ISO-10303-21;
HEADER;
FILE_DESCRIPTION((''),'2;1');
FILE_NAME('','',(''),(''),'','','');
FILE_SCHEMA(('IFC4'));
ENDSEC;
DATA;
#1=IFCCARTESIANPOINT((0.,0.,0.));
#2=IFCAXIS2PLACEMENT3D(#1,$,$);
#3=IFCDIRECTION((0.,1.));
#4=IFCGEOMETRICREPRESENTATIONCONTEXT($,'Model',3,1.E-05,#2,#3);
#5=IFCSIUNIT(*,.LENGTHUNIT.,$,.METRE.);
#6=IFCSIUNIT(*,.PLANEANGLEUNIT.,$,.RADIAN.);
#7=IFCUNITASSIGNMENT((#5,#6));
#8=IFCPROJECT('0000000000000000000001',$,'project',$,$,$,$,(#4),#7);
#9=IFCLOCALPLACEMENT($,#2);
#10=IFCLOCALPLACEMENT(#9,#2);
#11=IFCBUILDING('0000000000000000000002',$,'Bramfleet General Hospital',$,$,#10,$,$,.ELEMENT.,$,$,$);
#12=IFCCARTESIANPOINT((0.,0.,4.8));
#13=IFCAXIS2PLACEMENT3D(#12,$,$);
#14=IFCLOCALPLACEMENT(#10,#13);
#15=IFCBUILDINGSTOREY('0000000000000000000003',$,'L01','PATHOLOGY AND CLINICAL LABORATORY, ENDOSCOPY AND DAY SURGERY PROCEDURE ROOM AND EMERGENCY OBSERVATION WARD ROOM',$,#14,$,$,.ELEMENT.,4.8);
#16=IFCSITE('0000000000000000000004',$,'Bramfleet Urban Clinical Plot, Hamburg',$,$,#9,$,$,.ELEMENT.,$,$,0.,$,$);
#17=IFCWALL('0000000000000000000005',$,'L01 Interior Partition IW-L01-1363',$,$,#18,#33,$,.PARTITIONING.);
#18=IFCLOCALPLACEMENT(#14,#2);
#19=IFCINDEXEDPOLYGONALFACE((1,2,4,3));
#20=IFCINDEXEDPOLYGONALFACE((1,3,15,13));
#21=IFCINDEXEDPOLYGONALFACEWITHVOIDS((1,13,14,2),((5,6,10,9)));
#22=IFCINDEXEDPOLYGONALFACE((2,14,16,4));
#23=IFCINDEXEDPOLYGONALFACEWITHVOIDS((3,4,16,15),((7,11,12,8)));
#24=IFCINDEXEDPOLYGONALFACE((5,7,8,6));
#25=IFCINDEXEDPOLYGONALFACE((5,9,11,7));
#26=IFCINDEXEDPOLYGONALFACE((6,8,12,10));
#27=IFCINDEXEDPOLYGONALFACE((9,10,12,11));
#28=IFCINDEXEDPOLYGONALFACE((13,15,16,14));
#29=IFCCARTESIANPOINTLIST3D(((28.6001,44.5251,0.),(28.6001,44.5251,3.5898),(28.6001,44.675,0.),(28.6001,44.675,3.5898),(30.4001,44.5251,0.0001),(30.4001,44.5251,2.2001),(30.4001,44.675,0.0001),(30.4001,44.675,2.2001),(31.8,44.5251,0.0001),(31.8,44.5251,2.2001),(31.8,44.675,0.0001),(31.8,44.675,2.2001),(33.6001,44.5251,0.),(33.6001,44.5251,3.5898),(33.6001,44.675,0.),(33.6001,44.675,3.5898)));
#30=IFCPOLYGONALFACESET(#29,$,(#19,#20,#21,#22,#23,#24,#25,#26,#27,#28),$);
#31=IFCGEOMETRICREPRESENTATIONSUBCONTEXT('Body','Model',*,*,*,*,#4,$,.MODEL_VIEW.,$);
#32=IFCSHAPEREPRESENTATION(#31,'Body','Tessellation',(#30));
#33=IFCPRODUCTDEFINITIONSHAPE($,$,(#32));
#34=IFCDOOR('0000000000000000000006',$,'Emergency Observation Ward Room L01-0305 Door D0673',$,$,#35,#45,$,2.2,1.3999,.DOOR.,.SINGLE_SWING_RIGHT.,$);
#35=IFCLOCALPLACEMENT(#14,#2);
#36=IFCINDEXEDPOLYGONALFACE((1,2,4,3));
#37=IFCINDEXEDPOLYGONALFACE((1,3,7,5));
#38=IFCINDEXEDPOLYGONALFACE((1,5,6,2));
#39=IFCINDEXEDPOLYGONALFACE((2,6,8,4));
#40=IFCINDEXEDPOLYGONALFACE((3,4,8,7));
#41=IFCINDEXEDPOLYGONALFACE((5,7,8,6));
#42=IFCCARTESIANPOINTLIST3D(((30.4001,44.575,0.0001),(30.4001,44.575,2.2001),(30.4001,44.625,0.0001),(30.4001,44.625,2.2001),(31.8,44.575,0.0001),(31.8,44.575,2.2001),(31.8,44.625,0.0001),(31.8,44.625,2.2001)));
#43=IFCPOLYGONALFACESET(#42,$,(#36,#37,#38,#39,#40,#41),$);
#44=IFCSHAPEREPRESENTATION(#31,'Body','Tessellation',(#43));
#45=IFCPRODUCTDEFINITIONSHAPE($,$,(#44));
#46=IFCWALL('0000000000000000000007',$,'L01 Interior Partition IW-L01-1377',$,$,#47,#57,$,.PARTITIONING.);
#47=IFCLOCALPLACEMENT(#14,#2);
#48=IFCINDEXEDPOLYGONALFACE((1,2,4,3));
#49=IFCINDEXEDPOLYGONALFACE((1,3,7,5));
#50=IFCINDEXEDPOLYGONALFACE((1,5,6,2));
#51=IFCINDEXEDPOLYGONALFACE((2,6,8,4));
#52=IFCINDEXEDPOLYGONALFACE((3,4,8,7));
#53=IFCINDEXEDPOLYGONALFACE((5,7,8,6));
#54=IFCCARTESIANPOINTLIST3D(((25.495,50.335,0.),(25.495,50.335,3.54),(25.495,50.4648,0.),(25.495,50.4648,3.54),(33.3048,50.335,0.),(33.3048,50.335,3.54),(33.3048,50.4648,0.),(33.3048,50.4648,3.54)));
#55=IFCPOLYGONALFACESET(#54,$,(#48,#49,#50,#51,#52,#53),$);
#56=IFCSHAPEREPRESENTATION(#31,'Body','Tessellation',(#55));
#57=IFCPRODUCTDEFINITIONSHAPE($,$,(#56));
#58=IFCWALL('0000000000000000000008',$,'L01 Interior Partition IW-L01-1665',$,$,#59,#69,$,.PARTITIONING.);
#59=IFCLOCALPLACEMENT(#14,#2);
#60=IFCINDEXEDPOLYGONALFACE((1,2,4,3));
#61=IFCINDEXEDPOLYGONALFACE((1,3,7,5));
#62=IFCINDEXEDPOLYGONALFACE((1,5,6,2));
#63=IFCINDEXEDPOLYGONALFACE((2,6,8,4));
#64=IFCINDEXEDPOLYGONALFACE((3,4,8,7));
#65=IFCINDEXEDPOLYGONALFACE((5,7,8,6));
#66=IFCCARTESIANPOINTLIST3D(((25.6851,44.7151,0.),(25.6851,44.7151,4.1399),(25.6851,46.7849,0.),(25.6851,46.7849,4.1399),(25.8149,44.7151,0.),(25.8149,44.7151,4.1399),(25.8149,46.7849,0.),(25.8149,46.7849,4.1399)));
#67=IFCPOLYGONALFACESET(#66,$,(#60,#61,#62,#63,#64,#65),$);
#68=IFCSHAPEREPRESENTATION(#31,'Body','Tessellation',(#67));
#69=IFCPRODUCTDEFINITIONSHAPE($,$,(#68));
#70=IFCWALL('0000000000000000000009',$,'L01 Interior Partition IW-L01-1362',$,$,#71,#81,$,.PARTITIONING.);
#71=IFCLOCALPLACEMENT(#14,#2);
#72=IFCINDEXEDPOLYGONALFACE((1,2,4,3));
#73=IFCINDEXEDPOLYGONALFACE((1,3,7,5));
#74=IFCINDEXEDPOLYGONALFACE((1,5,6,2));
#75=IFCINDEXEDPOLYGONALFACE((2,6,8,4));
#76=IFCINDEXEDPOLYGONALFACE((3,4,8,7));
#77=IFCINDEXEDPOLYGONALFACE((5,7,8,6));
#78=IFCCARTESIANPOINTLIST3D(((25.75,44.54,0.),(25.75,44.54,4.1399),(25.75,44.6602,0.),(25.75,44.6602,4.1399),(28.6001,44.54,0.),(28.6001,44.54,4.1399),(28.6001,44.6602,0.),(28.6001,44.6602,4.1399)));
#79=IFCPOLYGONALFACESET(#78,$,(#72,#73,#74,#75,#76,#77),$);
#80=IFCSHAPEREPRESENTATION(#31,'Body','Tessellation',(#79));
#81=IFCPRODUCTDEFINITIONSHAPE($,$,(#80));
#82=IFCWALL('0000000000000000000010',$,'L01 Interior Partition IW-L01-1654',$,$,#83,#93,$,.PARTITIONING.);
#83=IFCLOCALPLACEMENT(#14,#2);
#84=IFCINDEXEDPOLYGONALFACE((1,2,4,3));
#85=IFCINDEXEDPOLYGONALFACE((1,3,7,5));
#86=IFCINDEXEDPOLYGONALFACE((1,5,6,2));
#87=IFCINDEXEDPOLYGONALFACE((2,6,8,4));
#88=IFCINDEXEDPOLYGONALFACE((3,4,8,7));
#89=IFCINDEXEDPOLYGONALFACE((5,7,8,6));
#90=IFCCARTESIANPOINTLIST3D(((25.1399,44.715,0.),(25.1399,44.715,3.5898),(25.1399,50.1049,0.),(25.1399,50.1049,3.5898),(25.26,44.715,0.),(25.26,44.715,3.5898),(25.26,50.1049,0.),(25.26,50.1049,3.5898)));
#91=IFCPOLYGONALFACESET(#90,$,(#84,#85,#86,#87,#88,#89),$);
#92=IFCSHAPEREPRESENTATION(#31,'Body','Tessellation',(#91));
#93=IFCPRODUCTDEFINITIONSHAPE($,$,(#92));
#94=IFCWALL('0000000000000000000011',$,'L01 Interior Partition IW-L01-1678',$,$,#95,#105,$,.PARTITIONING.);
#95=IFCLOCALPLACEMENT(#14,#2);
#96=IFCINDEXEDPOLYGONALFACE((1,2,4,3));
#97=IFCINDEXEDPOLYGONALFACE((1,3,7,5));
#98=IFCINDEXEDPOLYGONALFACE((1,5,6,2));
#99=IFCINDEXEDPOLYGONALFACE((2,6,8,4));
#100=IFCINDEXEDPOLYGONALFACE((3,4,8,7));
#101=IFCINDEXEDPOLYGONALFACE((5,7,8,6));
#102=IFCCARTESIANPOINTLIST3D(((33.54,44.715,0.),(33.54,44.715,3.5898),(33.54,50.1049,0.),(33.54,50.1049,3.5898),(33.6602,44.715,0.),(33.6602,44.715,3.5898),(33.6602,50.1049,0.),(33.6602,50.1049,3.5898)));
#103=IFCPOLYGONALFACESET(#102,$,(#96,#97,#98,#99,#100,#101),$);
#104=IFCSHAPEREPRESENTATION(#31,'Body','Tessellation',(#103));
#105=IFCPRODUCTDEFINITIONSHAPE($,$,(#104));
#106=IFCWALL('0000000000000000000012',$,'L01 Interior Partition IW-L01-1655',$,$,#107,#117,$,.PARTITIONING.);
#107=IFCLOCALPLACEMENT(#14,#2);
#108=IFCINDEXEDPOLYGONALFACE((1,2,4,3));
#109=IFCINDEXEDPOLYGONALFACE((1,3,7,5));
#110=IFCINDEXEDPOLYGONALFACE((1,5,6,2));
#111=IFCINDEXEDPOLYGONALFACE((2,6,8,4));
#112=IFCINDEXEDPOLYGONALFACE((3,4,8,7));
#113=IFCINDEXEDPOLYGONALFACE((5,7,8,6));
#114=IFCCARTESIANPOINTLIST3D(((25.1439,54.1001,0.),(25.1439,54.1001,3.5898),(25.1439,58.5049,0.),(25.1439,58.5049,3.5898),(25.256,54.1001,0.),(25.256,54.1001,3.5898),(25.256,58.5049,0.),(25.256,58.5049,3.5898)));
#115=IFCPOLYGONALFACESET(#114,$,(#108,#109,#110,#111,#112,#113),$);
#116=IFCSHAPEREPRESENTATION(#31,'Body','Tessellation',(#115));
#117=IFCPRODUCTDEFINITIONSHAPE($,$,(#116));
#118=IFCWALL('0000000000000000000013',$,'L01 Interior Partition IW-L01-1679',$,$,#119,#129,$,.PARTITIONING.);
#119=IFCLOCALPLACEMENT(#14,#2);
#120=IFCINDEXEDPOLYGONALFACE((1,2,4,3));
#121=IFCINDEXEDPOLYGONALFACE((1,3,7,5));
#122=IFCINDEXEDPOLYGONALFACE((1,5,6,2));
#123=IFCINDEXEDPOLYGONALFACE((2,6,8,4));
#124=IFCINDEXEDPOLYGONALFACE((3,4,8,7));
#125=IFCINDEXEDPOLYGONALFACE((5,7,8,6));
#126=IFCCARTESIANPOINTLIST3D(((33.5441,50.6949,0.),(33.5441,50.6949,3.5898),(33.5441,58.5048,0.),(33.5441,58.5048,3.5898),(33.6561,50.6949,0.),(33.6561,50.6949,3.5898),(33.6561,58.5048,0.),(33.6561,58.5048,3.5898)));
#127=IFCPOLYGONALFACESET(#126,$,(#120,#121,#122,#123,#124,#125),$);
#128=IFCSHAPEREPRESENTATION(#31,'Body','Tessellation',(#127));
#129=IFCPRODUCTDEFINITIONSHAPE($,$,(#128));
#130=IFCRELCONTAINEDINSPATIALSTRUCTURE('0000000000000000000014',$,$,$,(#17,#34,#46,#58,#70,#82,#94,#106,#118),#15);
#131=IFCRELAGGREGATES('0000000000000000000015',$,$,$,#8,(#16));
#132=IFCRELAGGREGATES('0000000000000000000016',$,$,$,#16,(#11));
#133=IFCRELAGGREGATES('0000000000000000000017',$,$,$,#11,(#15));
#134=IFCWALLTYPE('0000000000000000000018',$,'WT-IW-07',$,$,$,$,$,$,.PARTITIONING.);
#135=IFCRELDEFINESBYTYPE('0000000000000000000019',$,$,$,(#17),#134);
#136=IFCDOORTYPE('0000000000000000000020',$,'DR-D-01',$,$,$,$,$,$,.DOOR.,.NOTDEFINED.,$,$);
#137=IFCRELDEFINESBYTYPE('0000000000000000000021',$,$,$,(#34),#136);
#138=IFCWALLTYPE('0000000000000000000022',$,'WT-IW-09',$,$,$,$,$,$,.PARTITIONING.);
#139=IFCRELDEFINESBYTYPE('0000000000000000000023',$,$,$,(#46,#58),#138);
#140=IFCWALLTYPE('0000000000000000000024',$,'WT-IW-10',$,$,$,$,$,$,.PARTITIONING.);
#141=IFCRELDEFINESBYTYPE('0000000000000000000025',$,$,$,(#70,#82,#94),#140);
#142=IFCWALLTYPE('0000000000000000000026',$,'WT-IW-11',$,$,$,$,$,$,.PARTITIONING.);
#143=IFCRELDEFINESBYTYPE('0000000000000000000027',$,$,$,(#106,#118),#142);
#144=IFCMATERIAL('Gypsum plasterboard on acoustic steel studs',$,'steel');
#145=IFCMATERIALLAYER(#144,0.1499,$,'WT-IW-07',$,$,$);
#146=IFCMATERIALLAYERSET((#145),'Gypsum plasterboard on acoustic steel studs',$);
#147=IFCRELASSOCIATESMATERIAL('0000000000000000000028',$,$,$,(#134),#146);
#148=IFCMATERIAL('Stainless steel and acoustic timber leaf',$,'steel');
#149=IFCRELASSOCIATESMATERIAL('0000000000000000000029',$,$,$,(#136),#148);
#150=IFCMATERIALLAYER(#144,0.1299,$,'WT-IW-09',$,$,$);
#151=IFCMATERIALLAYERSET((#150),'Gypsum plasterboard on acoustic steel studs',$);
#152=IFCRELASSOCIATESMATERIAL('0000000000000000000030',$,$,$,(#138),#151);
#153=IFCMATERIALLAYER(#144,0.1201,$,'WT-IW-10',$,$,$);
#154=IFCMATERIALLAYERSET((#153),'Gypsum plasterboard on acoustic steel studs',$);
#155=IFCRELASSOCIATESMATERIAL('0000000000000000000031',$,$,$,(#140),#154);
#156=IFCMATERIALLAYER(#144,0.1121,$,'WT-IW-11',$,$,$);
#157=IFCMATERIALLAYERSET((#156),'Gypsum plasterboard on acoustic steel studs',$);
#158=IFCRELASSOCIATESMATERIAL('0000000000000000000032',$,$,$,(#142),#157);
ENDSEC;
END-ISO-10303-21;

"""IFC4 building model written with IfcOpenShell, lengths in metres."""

from ifc_helpers import new_model, si_unit, direction, frame, frame_2d, origin, place, context, subcontext, project, spatial, rectangle, extrude, material, layer, layer_set, type_object, element, fill, save


model = new_model("IFC4")

# Units and contexts
model_context = context("Model", 3, precision=1e-05, world=origin(), true_north=direction((0.0, 1.0)))
body_context = subcontext(model_context, "Body", "Model", "MODEL_VIEW")
ifc_project = project(units=[si_unit("LENGTHUNIT", "METRE"), si_unit("PLANEANGLEUNIT", "RADIAN")], contexts=[model_context])

# Site, building, storey
site_placement = place(None, origin())
site = spatial("IfcSite", under=ifc_project, at=site_placement, Name="Bramfleet Urban Clinical Plot, Hamburg", CompositionType="ELEMENT", RefElevation=0.0)
building_placement = place(site_placement, origin())
building = spatial("IfcBuilding", under=site, at=building_placement, Name="Bramfleet General Hospital", CompositionType="ELEMENT")
storey_placement = place(building_placement, frame((0.0, 0.0, 4.8)))
storey = spatial("IfcBuildingStorey", under=building, at=storey_placement, Name="L01", Description="PATHOLOGY AND CLINICAL LABORATORY, ENDOSCOPY AND DAY SURGERY PROCEDURE ROOM AND EMERGENCY OBSERVATION WARD ROOM", CompositionType="ELEMENT", Elevation=4.8)

# Wall, opening, door
ifc_material_1 = material(Name="Stainless steel and acoustic timber leaf", Category="steel")
ifc_material_2 = material(Name="Gypsum plasterboard on acoustic steel studs", Category="steel")
ifc_layer_1 = layer(ifc_material_2, 0.1499, Name="WT-IW-07")
ifc_layer_set_1 = layer_set([ifc_layer_1], Name="Gypsum plasterboard on acoustic steel studs")
wall_type_1 = type_object("IfcWallType", Name="WT-IW-07", PredefinedType="PARTITIONING", material=ifc_layer_set_1)
wall_1_placement = place(storey_placement, frame((28.6001, 44.6001, 0.0), z_axis=(0.0, 0.0, 1.0), x_axis=(1.0, 0.0, 0.0)))
wall_1 = element("IfcWall", 1, at=wall_1_placement, inside=storey, type_object=wall_type_1, Name="L01 Interior Partition IW-L01-1363", PredefinedType="PARTITIONING", context=body_context, shape_type="SweptSolid", body=[
    extrude(rectangle(XDim=5.0, YDim=0.1499, at=frame_2d((2.5, 0.0))), origin(), (0.0, 0.0, 1.0), 3.5898),
])
opening_1_placement = place(wall_1_placement, frame((1.8, 0.0, 0.0)))
opening_1 = element("IfcOpeningElement", 2, at=opening_1_placement, cuts=wall_1, PredefinedType="OPENING", context=body_context, shape_type="SweptSolid", body=[
    extrude(rectangle(XDim=1.3999, YDim=2.2, at=frame_2d((0.7, 1.1001))), frame((0.0, 0.085, 0.0), z_axis=(0.0, -1.0, 0.0), x_axis=(1.0, 0.0, 0.0)), (0.0, 0.0, 1.0), 0.1699),
])
door_type_1 = type_object("IfcDoorType", Name="DR-D-01", OperationType="NOTDEFINED", PredefinedType="DOOR", material=ifc_material_1)
door_1_placement = place(opening_1_placement, origin())
door_1 = element("IfcDoor", 3, at=door_1_placement, inside=storey, type_object=door_type_1, Name="Emergency Observation Ward Room L01-0305 Door D0673", OperationType="SINGLE_SWING_RIGHT", OverallHeight=2.2, OverallWidth=1.3999, PredefinedType="DOOR", context=body_context, shape_type="SweptSolid", body=[
    extrude(rectangle(XDim=1.3999, YDim=2.2, at=frame_2d((0.7, 1.1001))), frame((0.0, 0.0249, 0.0), z_axis=(0.0, -1.0, 0.0), x_axis=(1.0, 0.0, 0.0)), (0.0, 0.0, 1.0), 0.05),
])
fill(opening_1, door_1)

# Walls
ifc_layer_2 = layer(ifc_material_2, 0.1299, Name="WT-IW-09")
ifc_layer_set_2 = layer_set([ifc_layer_2], Name="Gypsum plasterboard on acoustic steel studs")
wall_type_2 = type_object("IfcWallType", Name="WT-IW-09", PredefinedType="PARTITIONING", material=ifc_layer_set_2)
wall_2_placement = place(storey_placement, frame((25.4951, 50.3999, 0.0), z_axis=(0.0, 0.0, 1.0), x_axis=(1.0, 0.0, 0.0)))
element("IfcWall", 4, at=wall_2_placement, inside=storey, type_object=wall_type_2, Name="L01 Interior Partition IW-L01-1377", PredefinedType="PARTITIONING", context=body_context, shape_type="SweptSolid", body=[
    extrude(rectangle(XDim=7.8098, YDim=0.1299, at=frame_2d((3.9048, 0.0))), origin(), (0.0, 0.0, 1.0), 3.54),
])
wall_3_placement = place(storey_placement, frame((25.75, 44.7151, 0.0), z_axis=(0.0, 0.0, 1.0), x_axis=(0.0, 1.0, 0.0)))
element("IfcWall", 5, at=wall_3_placement, inside=storey, type_object=wall_type_2, Name="L01 Interior Partition IW-L01-1665", PredefinedType="PARTITIONING", context=body_context, shape_type="SweptSolid", body=[
    extrude(rectangle(XDim=2.0698, YDim=0.1299, at=frame_2d((1.0349, 0.0))), origin(), (0.0, 0.0, 1.0), 4.1399),
])
ifc_layer_3 = layer(ifc_material_2, 0.1201, Name="WT-IW-10")
ifc_layer_set_3 = layer_set([ifc_layer_3], Name="Gypsum plasterboard on acoustic steel studs")
wall_type_3 = type_object("IfcWallType", Name="WT-IW-10", PredefinedType="PARTITIONING", material=ifc_layer_set_3)
wall_4_placement = place(storey_placement, frame((25.75, 44.6001, 0.0), z_axis=(0.0, 0.0, 1.0), x_axis=(1.0, 0.0, 0.0)))
element("IfcWall", 6, at=wall_4_placement, inside=storey, type_object=wall_type_3, Name="L01 Interior Partition IW-L01-1362", PredefinedType="PARTITIONING", context=body_context, shape_type="SweptSolid", body=[
    extrude(rectangle(XDim=2.8501, YDim=0.1201, at=frame_2d((1.425, 0.0))), origin(), (0.0, 0.0, 1.0), 4.1399),
])
for number, where, z_axis, x_axis, name in (
    (7, (25.2, 44.7151, 0.0), (0.0, 0.0, 1.0), (0.0, 1.0, 0.0), "L01 Interior Partition IW-L01-1654"),
    (8, (33.6001, 44.7151, 0.0), (0.0, 0.0, 1.0), (0.0, 1.0, 0.0), "L01 Interior Partition IW-L01-1678"),
):
    element("IfcWall", number, at=place(storey_placement, frame(where, z_axis=z_axis, x_axis=x_axis)), inside=storey, type_object=wall_type_3, Name=name, PredefinedType="PARTITIONING", context=body_context, shape_type="SweptSolid", body=[
        extrude(rectangle(XDim=5.3899, YDim=0.1201, at=frame_2d((2.6948, 0.0))), origin(), (0.0, 0.0, 1.0), 3.5898),
    ])
ifc_layer_4 = layer(ifc_material_2, 0.1121, Name="WT-IW-11")
ifc_layer_set_4 = layer_set([ifc_layer_4], Name="Gypsum plasterboard on acoustic steel studs")
wall_type_4 = type_object("IfcWallType", Name="WT-IW-11", PredefinedType="PARTITIONING", material=ifc_layer_set_4)
wall_5_placement = place(storey_placement, frame((25.2, 54.1001, 0.0), z_axis=(0.0, 0.0, 1.0), x_axis=(0.0, 1.0, 0.0)))
element("IfcWall", 9, at=wall_5_placement, inside=storey, type_object=wall_type_4, Name="L01 Interior Partition IW-L01-1655", PredefinedType="PARTITIONING", context=body_context, shape_type="SweptSolid", body=[
    extrude(rectangle(XDim=4.4048, YDim=0.1121, at=frame_2d((2.2024, 0.0))), origin(), (0.0, 0.0, 1.0), 3.5898),
])
wall_6_placement = place(storey_placement, frame((33.6001, 50.6951, 0.0), z_axis=(0.0, 0.0, 1.0), x_axis=(0.0, 1.0, 0.0)))
element("IfcWall", 10, at=wall_6_placement, inside=storey, type_object=wall_type_4, Name="L01 Interior Partition IW-L01-1679", PredefinedType="PARTITIONING", context=body_context, shape_type="SweptSolid", body=[
    extrude(rectangle(XDim=7.8098, YDim=0.1121, at=frame_2d((3.9048, 0.0))), origin(), (0.0, 0.0, 1.0), 3.5898),
])

save(model, "model.ifc")
